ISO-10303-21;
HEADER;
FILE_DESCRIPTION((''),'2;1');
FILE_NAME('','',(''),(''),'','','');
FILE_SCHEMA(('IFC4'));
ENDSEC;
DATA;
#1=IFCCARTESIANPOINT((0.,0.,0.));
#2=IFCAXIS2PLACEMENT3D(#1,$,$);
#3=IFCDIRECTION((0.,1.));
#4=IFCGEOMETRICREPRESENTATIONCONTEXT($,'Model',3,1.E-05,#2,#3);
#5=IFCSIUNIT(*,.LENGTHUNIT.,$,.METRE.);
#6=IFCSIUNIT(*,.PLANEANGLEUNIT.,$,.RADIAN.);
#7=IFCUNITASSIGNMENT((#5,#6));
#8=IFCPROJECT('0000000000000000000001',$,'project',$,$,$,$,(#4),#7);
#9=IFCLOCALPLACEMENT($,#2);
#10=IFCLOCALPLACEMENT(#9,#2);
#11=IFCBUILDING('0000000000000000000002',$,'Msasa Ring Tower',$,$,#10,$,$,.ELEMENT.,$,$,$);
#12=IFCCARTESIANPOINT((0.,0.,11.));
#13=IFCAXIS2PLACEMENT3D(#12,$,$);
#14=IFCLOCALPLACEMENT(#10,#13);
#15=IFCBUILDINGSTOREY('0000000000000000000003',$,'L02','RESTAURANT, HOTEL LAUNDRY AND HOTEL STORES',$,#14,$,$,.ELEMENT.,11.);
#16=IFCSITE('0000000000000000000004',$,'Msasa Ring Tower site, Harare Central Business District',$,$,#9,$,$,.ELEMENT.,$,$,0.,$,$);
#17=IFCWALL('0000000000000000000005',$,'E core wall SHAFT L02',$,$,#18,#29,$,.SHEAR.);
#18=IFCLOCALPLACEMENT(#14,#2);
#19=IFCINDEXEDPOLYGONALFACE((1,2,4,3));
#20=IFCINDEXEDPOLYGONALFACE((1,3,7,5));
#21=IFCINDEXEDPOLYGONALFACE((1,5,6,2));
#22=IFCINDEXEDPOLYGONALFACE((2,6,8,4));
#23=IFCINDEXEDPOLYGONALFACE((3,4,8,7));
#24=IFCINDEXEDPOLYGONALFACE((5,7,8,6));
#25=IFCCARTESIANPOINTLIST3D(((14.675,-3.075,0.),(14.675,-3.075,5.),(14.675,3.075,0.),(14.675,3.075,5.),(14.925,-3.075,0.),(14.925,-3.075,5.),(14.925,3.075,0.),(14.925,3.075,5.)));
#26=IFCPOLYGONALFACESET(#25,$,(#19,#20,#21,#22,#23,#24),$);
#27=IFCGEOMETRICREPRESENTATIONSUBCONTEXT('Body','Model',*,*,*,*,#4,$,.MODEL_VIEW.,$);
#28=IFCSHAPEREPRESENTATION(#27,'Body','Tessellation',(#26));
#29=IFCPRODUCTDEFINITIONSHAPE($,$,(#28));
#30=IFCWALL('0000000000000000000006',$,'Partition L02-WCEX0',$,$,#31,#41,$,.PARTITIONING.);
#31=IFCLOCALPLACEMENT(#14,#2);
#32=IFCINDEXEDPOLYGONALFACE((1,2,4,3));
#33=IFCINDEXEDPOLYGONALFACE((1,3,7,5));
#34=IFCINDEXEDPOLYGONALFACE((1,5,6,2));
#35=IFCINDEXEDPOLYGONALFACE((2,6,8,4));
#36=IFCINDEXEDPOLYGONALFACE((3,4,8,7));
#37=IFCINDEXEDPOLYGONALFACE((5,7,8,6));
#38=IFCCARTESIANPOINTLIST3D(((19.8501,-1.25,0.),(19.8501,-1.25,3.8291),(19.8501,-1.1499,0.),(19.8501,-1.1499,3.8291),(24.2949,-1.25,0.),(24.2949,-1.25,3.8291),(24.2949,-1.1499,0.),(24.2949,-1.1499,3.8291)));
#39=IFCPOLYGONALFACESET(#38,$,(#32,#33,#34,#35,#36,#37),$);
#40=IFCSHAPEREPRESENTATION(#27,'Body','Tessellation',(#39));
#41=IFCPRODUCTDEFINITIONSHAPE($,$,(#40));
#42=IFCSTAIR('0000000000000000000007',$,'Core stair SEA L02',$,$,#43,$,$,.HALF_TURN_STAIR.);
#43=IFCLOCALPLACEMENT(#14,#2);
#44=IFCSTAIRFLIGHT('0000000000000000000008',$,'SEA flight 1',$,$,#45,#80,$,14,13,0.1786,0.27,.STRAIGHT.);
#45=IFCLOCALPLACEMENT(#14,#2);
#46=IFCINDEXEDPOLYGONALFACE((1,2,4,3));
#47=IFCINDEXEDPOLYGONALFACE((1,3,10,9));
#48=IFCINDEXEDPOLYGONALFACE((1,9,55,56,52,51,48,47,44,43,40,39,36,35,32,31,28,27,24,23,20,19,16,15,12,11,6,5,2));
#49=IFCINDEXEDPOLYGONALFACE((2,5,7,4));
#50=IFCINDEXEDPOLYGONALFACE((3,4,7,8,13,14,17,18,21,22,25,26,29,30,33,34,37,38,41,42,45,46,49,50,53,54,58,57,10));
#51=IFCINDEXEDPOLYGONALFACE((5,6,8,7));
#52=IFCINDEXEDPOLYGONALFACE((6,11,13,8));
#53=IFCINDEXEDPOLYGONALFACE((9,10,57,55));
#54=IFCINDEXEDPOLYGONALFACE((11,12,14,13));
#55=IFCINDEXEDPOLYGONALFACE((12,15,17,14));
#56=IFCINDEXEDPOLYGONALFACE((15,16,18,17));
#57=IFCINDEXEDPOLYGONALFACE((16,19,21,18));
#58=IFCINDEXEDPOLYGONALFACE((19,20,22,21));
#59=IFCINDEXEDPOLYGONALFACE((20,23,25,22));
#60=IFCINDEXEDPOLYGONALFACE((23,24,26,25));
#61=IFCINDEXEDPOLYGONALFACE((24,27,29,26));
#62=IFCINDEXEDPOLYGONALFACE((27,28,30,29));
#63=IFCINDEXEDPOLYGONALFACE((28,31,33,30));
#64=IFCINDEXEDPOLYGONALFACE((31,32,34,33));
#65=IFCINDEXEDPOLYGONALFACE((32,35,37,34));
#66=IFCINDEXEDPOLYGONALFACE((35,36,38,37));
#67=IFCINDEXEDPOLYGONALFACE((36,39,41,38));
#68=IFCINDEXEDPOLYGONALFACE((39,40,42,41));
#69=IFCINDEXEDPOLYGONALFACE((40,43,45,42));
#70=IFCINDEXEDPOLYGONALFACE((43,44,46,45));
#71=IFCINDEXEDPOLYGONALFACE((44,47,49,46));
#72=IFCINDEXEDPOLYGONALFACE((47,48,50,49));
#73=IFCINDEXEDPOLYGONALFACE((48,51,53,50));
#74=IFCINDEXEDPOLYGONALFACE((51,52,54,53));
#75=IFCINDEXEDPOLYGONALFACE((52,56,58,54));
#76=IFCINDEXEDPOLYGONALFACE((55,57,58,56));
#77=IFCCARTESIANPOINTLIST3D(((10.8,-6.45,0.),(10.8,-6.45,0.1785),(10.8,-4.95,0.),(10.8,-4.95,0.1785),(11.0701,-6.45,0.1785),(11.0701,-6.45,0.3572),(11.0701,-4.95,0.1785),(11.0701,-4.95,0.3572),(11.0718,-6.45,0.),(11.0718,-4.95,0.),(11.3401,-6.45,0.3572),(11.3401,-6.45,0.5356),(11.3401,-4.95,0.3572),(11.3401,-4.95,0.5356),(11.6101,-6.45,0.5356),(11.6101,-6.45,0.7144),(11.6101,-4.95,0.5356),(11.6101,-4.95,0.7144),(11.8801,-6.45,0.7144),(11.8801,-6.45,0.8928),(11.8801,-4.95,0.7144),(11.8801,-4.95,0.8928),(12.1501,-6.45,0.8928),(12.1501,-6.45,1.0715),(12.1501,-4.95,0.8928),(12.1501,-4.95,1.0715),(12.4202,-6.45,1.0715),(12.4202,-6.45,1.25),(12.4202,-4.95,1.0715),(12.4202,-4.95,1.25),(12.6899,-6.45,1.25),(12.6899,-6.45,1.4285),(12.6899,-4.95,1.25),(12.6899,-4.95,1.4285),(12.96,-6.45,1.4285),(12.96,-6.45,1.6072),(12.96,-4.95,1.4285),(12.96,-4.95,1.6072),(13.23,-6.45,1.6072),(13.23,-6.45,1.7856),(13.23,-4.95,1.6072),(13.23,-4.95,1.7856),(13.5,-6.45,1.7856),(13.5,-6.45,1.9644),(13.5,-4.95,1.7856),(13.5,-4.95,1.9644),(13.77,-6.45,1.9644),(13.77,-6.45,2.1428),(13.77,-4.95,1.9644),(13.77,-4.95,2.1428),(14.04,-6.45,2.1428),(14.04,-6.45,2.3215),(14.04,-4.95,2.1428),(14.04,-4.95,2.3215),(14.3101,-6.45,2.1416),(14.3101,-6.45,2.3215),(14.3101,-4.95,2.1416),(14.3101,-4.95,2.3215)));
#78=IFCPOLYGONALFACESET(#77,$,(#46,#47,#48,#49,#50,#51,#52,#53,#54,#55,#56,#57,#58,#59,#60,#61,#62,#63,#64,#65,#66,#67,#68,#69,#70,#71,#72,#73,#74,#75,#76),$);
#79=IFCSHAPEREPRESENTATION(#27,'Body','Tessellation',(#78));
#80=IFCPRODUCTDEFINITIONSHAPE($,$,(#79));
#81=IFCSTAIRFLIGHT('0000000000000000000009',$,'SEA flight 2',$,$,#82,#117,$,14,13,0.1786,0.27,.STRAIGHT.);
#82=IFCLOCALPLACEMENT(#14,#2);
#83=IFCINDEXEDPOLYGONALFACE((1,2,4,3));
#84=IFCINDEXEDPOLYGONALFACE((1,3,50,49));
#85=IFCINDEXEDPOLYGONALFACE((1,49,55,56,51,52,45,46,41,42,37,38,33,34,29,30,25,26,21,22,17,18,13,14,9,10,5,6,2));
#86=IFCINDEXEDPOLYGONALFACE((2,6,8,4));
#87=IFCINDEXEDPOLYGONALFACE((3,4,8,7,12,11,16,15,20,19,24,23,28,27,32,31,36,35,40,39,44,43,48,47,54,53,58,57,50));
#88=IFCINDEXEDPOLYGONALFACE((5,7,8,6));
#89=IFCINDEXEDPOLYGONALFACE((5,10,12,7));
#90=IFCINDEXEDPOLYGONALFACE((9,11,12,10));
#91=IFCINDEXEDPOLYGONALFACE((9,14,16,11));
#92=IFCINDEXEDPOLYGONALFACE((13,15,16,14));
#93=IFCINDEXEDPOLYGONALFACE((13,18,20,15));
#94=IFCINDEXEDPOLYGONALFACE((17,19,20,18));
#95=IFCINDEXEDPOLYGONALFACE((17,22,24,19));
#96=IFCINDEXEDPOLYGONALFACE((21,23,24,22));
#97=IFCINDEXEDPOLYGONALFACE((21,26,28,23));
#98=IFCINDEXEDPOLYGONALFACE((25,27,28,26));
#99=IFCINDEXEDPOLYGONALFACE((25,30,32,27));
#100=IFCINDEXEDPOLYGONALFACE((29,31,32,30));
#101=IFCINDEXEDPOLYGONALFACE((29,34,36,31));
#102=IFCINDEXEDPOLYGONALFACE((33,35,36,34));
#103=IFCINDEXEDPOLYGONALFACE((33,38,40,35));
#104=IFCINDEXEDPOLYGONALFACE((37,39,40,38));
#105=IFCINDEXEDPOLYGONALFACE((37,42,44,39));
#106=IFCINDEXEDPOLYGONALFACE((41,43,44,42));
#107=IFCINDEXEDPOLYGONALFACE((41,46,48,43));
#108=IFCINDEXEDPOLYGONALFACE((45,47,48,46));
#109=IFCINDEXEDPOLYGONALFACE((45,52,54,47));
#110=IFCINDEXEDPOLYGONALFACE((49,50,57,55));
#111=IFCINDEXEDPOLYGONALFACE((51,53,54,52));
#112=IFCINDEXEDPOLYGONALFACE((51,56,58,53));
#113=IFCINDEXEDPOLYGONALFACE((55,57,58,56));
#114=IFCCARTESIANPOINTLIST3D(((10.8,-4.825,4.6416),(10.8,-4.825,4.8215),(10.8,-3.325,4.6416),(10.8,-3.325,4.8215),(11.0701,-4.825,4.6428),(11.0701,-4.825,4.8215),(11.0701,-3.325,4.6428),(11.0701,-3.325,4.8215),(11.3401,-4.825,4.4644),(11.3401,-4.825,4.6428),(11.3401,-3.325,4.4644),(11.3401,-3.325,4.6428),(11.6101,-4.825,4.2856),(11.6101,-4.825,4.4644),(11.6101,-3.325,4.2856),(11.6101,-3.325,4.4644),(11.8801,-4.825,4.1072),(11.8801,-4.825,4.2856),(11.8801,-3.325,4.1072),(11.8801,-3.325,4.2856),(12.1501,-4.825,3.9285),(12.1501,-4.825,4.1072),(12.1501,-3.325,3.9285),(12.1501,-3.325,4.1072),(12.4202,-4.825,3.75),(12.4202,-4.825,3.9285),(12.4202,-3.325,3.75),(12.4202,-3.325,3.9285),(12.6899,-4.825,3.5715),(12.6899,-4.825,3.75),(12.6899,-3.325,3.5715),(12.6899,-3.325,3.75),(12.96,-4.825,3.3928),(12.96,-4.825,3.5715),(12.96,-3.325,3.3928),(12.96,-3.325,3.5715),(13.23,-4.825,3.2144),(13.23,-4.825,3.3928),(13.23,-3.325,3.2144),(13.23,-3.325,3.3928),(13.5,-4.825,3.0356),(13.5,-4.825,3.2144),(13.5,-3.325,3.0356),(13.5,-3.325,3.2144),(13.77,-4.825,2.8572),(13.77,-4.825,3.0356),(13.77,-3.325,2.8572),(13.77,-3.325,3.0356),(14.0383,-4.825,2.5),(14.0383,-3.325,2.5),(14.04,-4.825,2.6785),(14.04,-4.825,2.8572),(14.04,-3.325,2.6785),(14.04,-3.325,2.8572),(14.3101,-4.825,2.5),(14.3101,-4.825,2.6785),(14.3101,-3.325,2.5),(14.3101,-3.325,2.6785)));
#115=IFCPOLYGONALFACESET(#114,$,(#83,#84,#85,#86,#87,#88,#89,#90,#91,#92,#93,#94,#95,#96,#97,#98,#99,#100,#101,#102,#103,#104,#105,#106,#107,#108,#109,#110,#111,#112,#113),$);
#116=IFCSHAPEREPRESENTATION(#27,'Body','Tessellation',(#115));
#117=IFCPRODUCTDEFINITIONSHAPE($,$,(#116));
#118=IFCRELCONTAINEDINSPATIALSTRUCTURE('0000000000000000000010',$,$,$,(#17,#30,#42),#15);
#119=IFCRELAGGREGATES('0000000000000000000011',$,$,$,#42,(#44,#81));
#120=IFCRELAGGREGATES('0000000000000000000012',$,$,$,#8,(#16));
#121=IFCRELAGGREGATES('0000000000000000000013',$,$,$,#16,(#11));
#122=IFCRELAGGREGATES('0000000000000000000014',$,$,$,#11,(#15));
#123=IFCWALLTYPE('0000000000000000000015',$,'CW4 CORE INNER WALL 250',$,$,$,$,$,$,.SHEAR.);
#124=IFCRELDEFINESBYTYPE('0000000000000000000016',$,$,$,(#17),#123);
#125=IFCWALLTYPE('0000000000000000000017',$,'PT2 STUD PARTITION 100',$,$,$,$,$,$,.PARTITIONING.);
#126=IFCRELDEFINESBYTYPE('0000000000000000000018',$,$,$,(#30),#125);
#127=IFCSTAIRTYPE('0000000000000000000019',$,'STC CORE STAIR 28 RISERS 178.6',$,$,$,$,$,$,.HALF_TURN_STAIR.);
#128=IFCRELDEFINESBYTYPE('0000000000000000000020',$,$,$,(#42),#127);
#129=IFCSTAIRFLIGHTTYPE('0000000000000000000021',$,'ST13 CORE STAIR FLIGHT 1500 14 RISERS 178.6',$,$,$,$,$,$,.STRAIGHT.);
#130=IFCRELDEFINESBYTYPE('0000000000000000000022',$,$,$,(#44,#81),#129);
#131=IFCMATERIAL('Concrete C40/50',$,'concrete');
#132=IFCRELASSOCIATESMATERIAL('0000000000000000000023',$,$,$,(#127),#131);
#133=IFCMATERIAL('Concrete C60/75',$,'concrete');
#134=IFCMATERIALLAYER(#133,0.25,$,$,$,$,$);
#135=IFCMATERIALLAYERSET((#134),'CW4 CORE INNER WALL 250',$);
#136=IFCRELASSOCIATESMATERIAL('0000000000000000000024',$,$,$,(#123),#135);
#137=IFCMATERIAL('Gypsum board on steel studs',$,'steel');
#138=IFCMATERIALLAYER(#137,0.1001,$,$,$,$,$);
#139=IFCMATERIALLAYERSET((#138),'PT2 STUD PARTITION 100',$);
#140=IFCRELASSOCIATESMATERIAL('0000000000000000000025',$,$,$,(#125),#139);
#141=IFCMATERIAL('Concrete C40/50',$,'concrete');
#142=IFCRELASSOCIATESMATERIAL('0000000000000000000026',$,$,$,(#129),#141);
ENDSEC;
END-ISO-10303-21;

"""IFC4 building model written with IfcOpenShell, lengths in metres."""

from ifc_helpers import new_model, si_unit, direction, frame, frame_2d, origin, place, context, subcontext, project, spatial, polyline, rectangle, outline, extrude, material, layer, layer_set, type_object, element, aggregate, save


model = new_model("IFC4")

# Units and contexts
model_context = context("Model", 3, precision=1e-05, world=origin(), true_north=direction((0.0, 1.0)))
body_context = subcontext(model_context, "Body", "Model", "MODEL_VIEW")
ifc_project = project(units=[si_unit("LENGTHUNIT", "METRE"), si_unit("PLANEANGLEUNIT", "RADIAN")], contexts=[model_context])

# Site, building, storey
site_placement = place(None, origin())
site = spatial("IfcSite", under=ifc_project, at=site_placement, Name="Msasa Ring Tower site, Harare Central Business District", CompositionType="ELEMENT", RefElevation=0.0)
building_placement = place(site_placement, origin())
building = spatial("IfcBuilding", under=site, at=building_placement, Name="Msasa Ring Tower", CompositionType="ELEMENT")
storey_placement = place(building_placement, frame((0.0, 0.0, 11.0)))
storey = spatial("IfcBuildingStorey", under=building, at=storey_placement, Name="L02", Description="RESTAURANT, HOTEL LAUNDRY AND HOTEL STORES", CompositionType="ELEMENT", Elevation=11.0)

# Shared definitions
ifc_material_1 = material(Name="Concrete C40/50", Category="concrete")
stair_type = type_object("IfcStairType", Name="STC CORE STAIR 28 RISERS 178.6", PredefinedType="HALF_TURN_STAIR", material=ifc_material_1)

# Shared definitions
ifc_material_2 = material(Name="Concrete C60/75", Category="concrete")
ifc_layer_1 = layer(ifc_material_2, 0.25)
ifc_layer_set_1 = layer_set([ifc_layer_1], Name="CW4 CORE INNER WALL 250")
wall_type_1 = type_object("IfcWallType", Name="CW4 CORE INNER WALL 250", PredefinedType="SHEAR", material=ifc_layer_set_1)

# Walls
wall_1_placement = place(storey_placement, frame((14.8, -3.075, 0.0), z_axis=(0.0, 0.0, 1.0), x_axis=(0.0, 1.0, 0.0)))
element("IfcWall", 1, at=wall_1_placement, inside=storey, type_object=wall_type_1, Name="E core wall SHAFT L02", PredefinedType="SHEAR", context=body_context, shape_type="SweptSolid", body=[
    extrude(rectangle(XDim=6.1499, YDim=0.25, at=frame_2d((3.075, 0.0))), origin(), (0.0, 0.0, 1.0), 5.0),
])
ifc_material_3 = material(Name="Gypsum board on steel studs", Category="steel")
ifc_layer_2 = layer(ifc_material_3, 0.1001)
ifc_layer_set_2 = layer_set([ifc_layer_2], Name="PT2 STUD PARTITION 100")
wall_type_2 = type_object("IfcWallType", Name="PT2 STUD PARTITION 100", PredefinedType="PARTITIONING", material=ifc_layer_set_2)
wall_2_placement = place(storey_placement, frame((19.8501, -1.2, 0.0), z_axis=(0.0, 0.0, 1.0), x_axis=(1.0, 0.0, 0.0)))
element("IfcWall", 2, at=wall_2_placement, inside=storey, type_object=wall_type_2, Name="Partition L02-WCEX0", PredefinedType="PARTITIONING", context=body_context, shape_type="SweptSolid", body=[
    extrude(rectangle(XDim=4.4448, YDim=0.1001, at=frame_2d((2.2224, 0.0))), origin(), (0.0, 0.0, 1.0), 3.8291),
])

# Stair, stair flights
stair_1_placement = place(storey_placement, origin())
stair_1 = element("IfcStair", 3, at=stair_1_placement, inside=storey, type_object=stair_type, Name="Core stair SEA L02", PredefinedType="HALF_TURN_STAIR")
ifc_material_4 = material(Name="Concrete C40/50", Category="concrete")
stair_flight_type = type_object("IfcStairFlightType", Name="ST13 CORE STAIR FLIGHT 1500 14 RISERS 178.6", PredefinedType="STRAIGHT", material=ifc_material_4)
stair_flight_1_placement = place(storey_placement, frame((10.8, -5.7, 0.0), z_axis=(0.0, 0.0, 1.0), x_axis=(1.0, 0.0, 0.0)))
stair_flight_1 = element("IfcStairFlight", 4, at=stair_flight_1_placement, type_object=stair_flight_type, Name="SEA flight 1", NumberOfRisers=14, NumberOfTreads=13, PredefinedType="STRAIGHT", RiserHeight=0.1786, TreadLength=0.27, context=body_context, shape_type="SweptSolid", body=[
    extrude(outline(polyline([(0.0, 0.0), (0.0, 0.1785), (0.27, 0.1785), (0.27, 0.3572), (0.54, 0.3572), (0.54, 0.5356), (0.8101, 0.5356), (0.8101, 0.7144), (1.0801, 0.7144), (1.0801, 0.8928), (1.3501, 0.8928), (1.3501, 1.0715), (1.6201, 1.0715), (1.6201, 1.25), (1.8899, 1.25), (1.8899, 1.4285), (2.1599, 1.4285), (2.1599, 1.6072), (2.4299, 1.6072), (2.4299, 1.7856), (2.7, 1.7856), (2.7, 1.9644), (2.97, 1.9644), (2.97, 2.1428), (3.24, 2.1428), (3.24, 2.3215), (3.51, 2.3215), (3.51, 2.5), (3.51, 2.1416), (0.2717, 0.0), (0.0, 0.0)])), frame((0.0, 0.75, 0.0), z_axis=(0.0, -1.0, 0.0), x_axis=(1.0, 0.0, 0.0)), (0.0, 0.0, 1.0), 1.5),
])
stair_flight_2_placement = place(storey_placement, frame((14.3101, -4.075, 2.5), z_axis=(0.0, 0.0, 1.0), x_axis=(-1.0, 0.0, 0.0)))
stair_flight_2 = element("IfcStairFlight", 5, at=stair_flight_2_placement, type_object=stair_flight_type, Name="SEA flight 2", NumberOfRisers=14, NumberOfTreads=13, PredefinedType="STRAIGHT", RiserHeight=0.1786, TreadLength=0.27, context=body_context, shape_type="SweptSolid", body=[
    extrude(outline(polyline([(0.0, 0.0), (0.0, 0.1785), (0.27, 0.1785), (0.27, 0.3572), (0.54, 0.3572), (0.54, 0.5356), (0.8101, 0.5356), (0.8101, 0.7144), (1.0801, 0.7144), (1.0801, 0.8928), (1.3501, 0.8928), (1.3501, 1.0715), (1.6201, 1.0715), (1.6201, 1.25), (1.8899, 1.25), (1.8899, 1.4285), (2.1599, 1.4285), (2.1599, 1.6072), (2.4299, 1.6072), (2.4299, 1.7856), (2.7, 1.7856), (2.7, 1.9644), (2.97, 1.9644), (2.97, 2.1428), (3.24, 2.1428), (3.24, 2.3215), (3.51, 2.3215), (3.51, 2.5), (3.51, 2.1416), (0.2717, 0.0), (0.0, 0.0)])), frame((0.0, 0.75, 0.0), z_axis=(0.0, -1.0, 0.0), x_axis=(1.0, 0.0, 0.0)), (0.0, 0.0, 1.0), 1.5),
])
aggregate(stair_1, [stair_flight_1, stair_flight_2])

save(model, "model.ifc")
